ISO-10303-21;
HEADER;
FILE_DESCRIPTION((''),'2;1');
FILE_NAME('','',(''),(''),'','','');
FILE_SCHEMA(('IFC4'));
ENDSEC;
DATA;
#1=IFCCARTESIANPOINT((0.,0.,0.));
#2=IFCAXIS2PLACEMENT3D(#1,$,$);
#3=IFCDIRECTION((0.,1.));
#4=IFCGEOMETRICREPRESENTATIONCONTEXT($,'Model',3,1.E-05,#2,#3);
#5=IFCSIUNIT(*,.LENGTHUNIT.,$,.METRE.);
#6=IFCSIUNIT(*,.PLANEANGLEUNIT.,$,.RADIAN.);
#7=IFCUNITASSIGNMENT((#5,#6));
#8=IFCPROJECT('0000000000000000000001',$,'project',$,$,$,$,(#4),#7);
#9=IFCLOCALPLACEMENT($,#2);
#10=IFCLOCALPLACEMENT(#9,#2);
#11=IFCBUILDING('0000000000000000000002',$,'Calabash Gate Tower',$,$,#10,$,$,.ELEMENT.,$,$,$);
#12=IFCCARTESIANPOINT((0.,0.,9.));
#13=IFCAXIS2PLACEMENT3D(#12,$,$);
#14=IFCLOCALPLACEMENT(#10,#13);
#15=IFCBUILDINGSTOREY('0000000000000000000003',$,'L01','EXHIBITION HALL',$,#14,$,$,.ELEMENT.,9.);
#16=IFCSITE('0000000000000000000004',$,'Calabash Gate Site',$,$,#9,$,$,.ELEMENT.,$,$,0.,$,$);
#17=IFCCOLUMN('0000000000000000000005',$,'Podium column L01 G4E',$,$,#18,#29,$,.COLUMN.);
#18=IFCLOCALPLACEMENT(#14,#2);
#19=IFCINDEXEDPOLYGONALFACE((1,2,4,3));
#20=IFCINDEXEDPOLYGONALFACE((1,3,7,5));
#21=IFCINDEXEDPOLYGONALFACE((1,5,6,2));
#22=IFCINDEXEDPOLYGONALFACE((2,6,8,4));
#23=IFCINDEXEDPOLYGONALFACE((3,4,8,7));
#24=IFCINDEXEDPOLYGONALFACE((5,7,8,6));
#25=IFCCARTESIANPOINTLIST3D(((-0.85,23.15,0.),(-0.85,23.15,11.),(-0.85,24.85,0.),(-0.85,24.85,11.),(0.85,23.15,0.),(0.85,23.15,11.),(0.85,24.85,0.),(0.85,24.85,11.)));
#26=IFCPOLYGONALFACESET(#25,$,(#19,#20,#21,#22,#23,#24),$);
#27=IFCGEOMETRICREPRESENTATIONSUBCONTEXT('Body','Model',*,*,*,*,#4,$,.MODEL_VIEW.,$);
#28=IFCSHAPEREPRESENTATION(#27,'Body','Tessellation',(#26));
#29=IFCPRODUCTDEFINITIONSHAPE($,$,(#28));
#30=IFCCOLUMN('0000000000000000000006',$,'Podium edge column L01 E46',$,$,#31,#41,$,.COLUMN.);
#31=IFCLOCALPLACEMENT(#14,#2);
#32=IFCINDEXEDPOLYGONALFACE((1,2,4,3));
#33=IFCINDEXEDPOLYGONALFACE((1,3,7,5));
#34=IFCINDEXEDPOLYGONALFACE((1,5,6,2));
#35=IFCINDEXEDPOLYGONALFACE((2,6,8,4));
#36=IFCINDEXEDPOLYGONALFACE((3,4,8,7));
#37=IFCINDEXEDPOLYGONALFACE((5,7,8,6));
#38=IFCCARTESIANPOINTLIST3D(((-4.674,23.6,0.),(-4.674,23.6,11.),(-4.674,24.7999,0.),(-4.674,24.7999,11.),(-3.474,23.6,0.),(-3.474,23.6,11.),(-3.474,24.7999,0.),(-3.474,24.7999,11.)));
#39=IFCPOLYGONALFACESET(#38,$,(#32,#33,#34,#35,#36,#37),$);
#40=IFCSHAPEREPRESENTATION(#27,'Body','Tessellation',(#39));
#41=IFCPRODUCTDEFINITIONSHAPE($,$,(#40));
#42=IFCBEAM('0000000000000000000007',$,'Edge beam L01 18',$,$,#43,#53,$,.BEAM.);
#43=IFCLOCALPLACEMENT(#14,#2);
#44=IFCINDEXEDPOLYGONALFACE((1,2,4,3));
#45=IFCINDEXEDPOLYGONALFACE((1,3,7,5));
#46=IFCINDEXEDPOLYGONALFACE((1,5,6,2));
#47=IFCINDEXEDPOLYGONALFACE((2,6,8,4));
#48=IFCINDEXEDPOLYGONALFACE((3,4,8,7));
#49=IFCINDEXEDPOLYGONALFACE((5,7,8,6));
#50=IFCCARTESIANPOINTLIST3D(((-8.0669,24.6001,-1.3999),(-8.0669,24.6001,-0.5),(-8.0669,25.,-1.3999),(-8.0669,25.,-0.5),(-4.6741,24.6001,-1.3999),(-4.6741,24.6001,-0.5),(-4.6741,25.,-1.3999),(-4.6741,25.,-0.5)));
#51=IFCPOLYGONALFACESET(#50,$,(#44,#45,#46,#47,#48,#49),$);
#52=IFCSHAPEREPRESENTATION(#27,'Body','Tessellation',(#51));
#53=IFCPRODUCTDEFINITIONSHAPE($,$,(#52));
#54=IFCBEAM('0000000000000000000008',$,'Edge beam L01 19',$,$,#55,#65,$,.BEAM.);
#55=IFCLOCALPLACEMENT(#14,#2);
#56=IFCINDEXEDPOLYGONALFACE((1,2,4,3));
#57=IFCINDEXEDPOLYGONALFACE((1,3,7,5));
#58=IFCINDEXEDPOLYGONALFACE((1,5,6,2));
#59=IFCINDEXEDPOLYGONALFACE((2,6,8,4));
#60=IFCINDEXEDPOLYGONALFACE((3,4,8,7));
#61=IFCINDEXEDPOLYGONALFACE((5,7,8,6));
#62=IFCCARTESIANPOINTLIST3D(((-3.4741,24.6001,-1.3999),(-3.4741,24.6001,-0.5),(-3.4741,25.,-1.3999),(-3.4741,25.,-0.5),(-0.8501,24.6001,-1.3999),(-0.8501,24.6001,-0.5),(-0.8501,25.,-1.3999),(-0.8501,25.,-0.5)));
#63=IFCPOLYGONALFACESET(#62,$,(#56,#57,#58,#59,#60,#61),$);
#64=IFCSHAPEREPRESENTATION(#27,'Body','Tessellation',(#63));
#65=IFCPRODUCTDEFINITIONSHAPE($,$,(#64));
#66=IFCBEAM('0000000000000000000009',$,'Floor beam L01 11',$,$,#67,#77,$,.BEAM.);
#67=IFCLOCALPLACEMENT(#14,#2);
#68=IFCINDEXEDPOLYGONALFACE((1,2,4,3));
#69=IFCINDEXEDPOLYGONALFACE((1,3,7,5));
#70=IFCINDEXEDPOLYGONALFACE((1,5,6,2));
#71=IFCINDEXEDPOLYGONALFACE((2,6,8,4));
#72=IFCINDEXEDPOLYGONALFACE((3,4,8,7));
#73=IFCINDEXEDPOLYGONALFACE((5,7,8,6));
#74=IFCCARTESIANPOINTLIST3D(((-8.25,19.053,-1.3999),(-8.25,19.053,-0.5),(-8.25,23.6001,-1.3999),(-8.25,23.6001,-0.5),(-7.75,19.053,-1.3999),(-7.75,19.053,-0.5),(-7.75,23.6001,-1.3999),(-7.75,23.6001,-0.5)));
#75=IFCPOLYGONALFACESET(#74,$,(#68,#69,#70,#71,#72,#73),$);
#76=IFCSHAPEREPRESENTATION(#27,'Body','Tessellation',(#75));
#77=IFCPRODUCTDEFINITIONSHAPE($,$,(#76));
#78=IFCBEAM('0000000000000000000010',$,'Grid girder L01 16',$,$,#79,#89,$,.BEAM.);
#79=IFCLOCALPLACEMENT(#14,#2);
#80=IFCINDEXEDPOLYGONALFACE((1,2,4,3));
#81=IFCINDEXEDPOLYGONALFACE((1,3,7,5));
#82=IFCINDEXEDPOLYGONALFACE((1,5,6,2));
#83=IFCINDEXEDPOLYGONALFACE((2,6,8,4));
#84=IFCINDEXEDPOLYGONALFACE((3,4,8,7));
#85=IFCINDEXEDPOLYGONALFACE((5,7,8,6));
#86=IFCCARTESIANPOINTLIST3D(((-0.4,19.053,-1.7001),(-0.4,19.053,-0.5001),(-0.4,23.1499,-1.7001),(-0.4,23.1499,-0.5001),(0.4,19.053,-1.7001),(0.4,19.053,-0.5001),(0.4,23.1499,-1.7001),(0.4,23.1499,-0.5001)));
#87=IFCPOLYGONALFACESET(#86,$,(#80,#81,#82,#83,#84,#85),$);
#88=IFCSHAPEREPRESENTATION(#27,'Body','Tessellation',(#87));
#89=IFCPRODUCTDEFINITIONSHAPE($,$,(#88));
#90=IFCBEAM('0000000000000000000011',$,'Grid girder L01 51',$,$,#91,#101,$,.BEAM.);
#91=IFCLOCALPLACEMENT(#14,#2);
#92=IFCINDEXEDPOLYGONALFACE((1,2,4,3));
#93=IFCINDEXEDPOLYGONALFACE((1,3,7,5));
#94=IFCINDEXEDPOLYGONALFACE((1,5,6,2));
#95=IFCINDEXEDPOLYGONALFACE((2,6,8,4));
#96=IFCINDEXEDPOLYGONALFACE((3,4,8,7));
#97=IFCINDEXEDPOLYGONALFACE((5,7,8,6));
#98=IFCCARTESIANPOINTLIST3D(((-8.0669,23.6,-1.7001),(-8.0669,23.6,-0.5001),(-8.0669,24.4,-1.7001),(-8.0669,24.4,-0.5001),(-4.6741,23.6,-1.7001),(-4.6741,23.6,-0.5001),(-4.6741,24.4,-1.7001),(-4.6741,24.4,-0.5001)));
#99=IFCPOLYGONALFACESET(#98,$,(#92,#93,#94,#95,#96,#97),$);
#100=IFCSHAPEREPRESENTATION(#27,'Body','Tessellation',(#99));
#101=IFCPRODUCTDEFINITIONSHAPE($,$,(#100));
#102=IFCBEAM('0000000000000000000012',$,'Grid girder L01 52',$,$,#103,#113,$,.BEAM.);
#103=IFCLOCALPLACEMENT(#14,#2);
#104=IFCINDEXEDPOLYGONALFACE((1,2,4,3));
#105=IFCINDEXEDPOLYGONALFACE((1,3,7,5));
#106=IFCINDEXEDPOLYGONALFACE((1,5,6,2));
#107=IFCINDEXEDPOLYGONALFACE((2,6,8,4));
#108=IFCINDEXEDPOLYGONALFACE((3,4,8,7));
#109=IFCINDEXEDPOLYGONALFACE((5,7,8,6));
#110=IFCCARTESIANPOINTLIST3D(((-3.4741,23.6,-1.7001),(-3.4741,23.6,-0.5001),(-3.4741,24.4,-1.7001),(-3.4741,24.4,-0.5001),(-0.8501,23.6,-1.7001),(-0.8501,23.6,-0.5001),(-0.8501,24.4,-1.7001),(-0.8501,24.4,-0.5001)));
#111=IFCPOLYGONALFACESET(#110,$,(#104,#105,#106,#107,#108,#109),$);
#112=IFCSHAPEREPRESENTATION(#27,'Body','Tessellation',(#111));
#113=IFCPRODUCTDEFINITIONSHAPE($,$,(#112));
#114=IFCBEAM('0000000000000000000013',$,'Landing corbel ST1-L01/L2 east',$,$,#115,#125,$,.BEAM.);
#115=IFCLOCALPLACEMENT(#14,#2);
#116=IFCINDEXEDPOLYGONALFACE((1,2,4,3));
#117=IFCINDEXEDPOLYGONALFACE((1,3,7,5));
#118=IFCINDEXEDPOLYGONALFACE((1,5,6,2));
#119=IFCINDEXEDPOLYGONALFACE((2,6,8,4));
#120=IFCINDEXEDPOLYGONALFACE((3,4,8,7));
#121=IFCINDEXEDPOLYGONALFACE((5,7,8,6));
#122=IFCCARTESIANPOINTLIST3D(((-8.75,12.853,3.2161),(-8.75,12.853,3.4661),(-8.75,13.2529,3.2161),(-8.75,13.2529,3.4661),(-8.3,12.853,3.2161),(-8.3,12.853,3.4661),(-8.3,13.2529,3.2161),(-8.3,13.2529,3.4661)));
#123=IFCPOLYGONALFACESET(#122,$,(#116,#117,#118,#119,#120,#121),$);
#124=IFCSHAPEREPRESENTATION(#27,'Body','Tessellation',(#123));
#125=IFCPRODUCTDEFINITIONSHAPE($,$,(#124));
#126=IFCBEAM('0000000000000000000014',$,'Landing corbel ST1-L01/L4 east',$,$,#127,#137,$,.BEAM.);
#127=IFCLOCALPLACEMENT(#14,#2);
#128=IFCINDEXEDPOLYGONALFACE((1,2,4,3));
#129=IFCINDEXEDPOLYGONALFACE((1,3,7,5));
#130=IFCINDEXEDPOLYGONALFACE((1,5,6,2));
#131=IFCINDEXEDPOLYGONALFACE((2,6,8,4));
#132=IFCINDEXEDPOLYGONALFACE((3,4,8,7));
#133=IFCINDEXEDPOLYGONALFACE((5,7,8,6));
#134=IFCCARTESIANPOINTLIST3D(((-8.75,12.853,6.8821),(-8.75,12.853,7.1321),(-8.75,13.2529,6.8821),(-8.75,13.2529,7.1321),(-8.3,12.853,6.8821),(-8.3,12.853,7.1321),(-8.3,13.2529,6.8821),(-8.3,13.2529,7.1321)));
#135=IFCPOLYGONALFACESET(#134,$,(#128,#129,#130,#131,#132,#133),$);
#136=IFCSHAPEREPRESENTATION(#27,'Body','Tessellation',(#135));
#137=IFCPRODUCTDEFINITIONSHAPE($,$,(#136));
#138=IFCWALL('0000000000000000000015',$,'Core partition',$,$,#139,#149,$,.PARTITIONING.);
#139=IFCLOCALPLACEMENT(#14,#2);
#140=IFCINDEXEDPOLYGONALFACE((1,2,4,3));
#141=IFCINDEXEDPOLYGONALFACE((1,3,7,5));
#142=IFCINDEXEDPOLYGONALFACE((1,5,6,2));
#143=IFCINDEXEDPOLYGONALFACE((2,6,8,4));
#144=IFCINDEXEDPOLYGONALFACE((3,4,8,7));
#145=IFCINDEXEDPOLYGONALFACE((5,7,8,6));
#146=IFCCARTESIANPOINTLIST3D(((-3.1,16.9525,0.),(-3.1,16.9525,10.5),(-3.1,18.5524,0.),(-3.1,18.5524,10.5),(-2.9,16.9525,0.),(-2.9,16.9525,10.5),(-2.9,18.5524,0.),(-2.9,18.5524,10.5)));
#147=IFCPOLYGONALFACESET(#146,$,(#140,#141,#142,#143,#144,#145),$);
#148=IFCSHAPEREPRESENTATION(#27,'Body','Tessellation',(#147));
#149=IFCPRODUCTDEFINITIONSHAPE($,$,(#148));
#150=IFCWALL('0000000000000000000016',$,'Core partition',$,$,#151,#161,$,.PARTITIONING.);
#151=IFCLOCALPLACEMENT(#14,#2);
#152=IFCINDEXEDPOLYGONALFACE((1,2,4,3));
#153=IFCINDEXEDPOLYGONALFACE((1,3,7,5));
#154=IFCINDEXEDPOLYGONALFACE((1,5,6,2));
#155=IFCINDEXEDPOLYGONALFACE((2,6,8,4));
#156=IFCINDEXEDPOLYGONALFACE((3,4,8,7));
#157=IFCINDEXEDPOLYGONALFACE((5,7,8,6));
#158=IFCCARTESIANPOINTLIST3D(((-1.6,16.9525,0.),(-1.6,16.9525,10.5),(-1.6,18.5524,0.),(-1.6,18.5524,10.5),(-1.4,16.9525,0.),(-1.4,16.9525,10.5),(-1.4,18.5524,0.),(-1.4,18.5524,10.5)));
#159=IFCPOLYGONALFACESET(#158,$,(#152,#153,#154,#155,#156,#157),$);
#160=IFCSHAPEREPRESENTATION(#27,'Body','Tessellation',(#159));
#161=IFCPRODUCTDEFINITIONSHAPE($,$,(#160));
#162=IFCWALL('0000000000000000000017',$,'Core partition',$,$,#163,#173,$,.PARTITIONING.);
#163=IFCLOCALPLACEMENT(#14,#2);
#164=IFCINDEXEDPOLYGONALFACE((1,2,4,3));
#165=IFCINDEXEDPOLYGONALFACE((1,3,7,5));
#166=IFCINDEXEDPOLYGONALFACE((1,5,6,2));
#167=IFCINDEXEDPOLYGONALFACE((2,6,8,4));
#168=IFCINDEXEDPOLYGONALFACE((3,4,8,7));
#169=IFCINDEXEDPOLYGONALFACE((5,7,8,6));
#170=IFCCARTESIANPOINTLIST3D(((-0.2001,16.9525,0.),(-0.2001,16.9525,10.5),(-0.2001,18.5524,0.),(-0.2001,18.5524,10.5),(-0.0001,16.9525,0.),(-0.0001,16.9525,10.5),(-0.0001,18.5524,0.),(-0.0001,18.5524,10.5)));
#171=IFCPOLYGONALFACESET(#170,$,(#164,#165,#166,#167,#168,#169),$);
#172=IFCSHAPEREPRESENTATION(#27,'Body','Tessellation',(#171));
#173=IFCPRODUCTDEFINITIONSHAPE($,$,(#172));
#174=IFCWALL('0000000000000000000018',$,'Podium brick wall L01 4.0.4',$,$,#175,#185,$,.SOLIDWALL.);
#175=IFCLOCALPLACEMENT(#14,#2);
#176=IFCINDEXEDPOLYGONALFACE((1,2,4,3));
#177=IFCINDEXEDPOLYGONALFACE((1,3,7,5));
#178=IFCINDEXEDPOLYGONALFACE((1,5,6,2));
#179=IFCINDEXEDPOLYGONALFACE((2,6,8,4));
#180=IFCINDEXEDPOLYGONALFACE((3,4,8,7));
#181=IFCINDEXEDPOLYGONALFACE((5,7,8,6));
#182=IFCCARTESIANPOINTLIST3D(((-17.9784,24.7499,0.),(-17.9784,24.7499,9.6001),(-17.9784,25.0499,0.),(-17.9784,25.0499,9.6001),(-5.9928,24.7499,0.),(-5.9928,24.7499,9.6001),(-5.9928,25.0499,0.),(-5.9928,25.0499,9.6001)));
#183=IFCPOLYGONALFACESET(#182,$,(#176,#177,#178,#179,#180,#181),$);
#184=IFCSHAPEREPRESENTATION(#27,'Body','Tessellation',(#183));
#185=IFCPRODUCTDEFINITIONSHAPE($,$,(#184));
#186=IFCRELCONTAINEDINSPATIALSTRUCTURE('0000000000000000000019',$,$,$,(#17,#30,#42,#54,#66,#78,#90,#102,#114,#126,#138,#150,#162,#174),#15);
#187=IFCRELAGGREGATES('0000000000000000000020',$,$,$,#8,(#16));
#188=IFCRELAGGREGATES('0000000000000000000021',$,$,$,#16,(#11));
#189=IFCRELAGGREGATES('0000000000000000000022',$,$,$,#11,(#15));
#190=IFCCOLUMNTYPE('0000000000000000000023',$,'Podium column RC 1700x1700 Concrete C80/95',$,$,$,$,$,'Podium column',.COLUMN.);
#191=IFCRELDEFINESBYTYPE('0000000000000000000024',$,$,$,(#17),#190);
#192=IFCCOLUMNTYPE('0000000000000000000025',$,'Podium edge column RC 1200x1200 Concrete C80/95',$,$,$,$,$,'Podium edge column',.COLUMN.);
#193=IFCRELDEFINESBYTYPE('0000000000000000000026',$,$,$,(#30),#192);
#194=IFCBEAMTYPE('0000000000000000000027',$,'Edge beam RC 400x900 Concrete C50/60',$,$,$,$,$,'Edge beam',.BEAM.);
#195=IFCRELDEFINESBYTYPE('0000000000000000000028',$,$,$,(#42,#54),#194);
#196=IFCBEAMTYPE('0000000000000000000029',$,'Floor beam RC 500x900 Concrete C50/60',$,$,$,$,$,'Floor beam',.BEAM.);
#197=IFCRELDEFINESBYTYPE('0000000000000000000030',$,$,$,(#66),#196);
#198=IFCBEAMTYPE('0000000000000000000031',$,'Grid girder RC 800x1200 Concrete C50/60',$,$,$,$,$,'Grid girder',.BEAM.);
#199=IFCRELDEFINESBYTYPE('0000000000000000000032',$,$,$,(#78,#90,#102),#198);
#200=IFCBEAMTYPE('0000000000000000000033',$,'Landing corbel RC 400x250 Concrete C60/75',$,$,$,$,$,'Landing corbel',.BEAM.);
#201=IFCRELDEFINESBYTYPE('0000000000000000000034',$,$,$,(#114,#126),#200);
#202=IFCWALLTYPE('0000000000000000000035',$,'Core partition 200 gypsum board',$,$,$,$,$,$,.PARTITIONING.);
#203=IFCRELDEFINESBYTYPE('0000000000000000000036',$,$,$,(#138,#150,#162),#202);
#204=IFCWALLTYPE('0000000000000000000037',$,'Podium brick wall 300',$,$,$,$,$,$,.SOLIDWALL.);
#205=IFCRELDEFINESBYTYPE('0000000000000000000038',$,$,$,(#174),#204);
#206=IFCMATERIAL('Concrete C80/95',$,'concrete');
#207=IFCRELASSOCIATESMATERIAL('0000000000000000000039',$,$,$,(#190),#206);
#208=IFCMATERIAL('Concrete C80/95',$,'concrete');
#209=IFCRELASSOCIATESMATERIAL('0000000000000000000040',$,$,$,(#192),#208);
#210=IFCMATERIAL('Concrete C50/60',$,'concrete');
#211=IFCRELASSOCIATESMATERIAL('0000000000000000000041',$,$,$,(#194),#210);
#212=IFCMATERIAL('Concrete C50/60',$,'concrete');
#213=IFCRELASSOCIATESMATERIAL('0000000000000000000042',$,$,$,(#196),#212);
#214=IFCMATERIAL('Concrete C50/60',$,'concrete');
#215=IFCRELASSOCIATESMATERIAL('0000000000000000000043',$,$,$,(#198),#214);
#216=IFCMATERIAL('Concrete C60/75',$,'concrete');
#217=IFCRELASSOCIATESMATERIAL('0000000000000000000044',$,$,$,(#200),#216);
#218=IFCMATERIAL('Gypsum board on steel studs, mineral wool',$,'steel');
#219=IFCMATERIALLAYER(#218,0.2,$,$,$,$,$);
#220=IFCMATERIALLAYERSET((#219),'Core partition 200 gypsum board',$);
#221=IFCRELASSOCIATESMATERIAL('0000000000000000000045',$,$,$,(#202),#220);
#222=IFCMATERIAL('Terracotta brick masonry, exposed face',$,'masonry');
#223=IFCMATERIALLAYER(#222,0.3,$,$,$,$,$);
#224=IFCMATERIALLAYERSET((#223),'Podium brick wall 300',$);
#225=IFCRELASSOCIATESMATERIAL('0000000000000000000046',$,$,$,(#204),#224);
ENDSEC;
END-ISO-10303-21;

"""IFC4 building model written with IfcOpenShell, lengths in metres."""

from ifc_helpers import new_model, si_unit, direction, frame, frame_2d, origin, origin_2d, place, context, subcontext, project, spatial, rectangle, extrude, material, layer, layer_set, material_profile, profile_set, type_object, element, save


model = new_model("IFC4")

# Units and contexts
model_context = context("Model", 3, precision=1e-05, world=origin(), true_north=direction((0.0, 1.0)))
body_context = subcontext(model_context, "Body", "Model", "MODEL_VIEW")
ifc_project = project(units=[si_unit("LENGTHUNIT", "METRE"), si_unit("PLANEANGLEUNIT", "RADIAN")], contexts=[model_context])

# Site, building, storey
site_placement = place(None, origin())
site = spatial("IfcSite", under=ifc_project, at=site_placement, Name="Calabash Gate Site", CompositionType="ELEMENT", RefElevation=0.0)
building_placement = place(site_placement, origin())
building = spatial("IfcBuilding", under=site, at=building_placement, Name="Calabash Gate Tower", CompositionType="ELEMENT")
storey_placement = place(building_placement, frame((0.0, 0.0, 9.0)))
storey = spatial("IfcBuildingStorey", under=building, at=storey_placement, Name="L01", Description="EXHIBITION HALL", CompositionType="ELEMENT", Elevation=9.0)

# Columns
ifc_material_1 = material(Name="Concrete C80/95", Category="concrete")
ifc_material_profile_1 = material_profile(ifc_material_1, rectangle(XDim=1.7, YDim=1.7, at=origin_2d()))
ifc_profile_set_1 = profile_set([ifc_material_profile_1], Name="Concrete C80/95")
column_type_1 = type_object("IfcColumnType", Name="Podium column RC 1700x1700 Concrete C80/95", ElementType="Podium column", PredefinedType="COLUMN", material=ifc_profile_set_1)
column_1_placement = place(storey_placement, frame((0.0, 24.0, 0.0), z_axis=(0.0, 0.0, 1.0), x_axis=(1.0, 0.0, 0.0)))
element("IfcColumn", 1, at=column_1_placement, inside=storey, type_object=column_type_1, Name="Podium column L01 G4E", PredefinedType="COLUMN", context=body_context, shape_type="SweptSolid", body=[
    extrude(rectangle(XDim=1.7, YDim=1.7, at=origin_2d()), origin(), (0.0, 0.0, 1.0), 11.0),
])
ifc_material_2 = material(Name="Concrete C80/95", Category="concrete")
ifc_material_profile_2 = material_profile(ifc_material_2, rectangle(XDim=1.2, YDim=1.2, at=origin_2d()))
ifc_profile_set_2 = profile_set([ifc_material_profile_2], Name="Concrete C80/95")
column_type_2 = type_object("IfcColumnType", Name="Podium edge column RC 1200x1200 Concrete C80/95", ElementType="Podium edge column", PredefinedType="COLUMN", material=ifc_profile_set_2)
column_2_placement = place(storey_placement, frame((-4.074, 24.2, 0.0), z_axis=(0.0, 0.0, 1.0), x_axis=(1.0, 0.0, 0.0)))
element("IfcColumn", 2, at=column_2_placement, inside=storey, type_object=column_type_2, Name="Podium edge column L01 E46", PredefinedType="COLUMN", context=body_context, shape_type="SweptSolid", body=[
    extrude(rectangle(XDim=1.2, YDim=1.2, at=origin_2d()), origin(), (0.0, 0.0, 1.0), 11.0),
])

# Beams
ifc_material_3 = material(Name="Concrete C50/60", Category="concrete")
ifc_material_profile_3 = material_profile(ifc_material_3, rectangle(XDim=0.3999, YDim=0.8999, at=origin_2d()))
ifc_profile_set_3 = profile_set([ifc_material_profile_3], Name="Concrete C50/60")
beam_type_1 = type_object("IfcBeamType", Name="Edge beam RC 400x900 Concrete C50/60", ElementType="Edge beam", PredefinedType="BEAM", material=ifc_profile_set_3)
beam_1_placement = place(storey_placement, frame((-8.0669, 24.8, -0.95), z_axis=(1.0, 0.0, 0.0), x_axis=(0.0, 1.0, 0.0)))
element("IfcBeam", 3, at=beam_1_placement, inside=storey, type_object=beam_type_1, Name="Edge beam L01 18", PredefinedType="BEAM", context=body_context, shape_type="SweptSolid", body=[
    extrude(rectangle(XDim=0.3999, YDim=0.8999, at=origin_2d()), origin(), (0.0, 0.0, 1.0), 3.3928),
])
beam_2_placement = place(storey_placement, frame((-3.4741, 24.8, -0.95), z_axis=(1.0, 0.0, 0.0), x_axis=(0.0, 1.0, 0.0)))
element("IfcBeam", 4, at=beam_2_placement, inside=storey, type_object=beam_type_1, Name="Edge beam L01 19", PredefinedType="BEAM", context=body_context, shape_type="SweptSolid", body=[
    extrude(rectangle(XDim=0.3999, YDim=0.8999, at=origin_2d()), origin(), (0.0, 0.0, 1.0), 2.624),
])
ifc_material_4 = material(Name="Concrete C50/60", Category="concrete")
ifc_material_profile_4 = material_profile(ifc_material_4, rectangle(XDim=0.5, YDim=0.8999, at=origin_2d()))
ifc_profile_set_4 = profile_set([ifc_material_profile_4], Name="Concrete C50/60")
beam_type_2 = type_object("IfcBeamType", Name="Floor beam RC 500x900 Concrete C50/60", ElementType="Floor beam", PredefinedType="BEAM", material=ifc_profile_set_4)
beam_3_placement = place(storey_placement, frame((-8.0, 19.053, -0.95), z_axis=(0.0, 1.0, 0.0), x_axis=(-1.0, 0.0, 0.0)))
element("IfcBeam", 5, at=beam_3_placement, inside=storey, type_object=beam_type_2, Name="Floor beam L01 11", PredefinedType="BEAM", context=body_context, shape_type="SweptSolid", body=[
    extrude(rectangle(XDim=0.5, YDim=0.8999, at=origin_2d()), origin(), (0.0, 0.0, 1.0), 4.5471),
])
ifc_material_5 = material(Name="Concrete C50/60", Category="concrete")
ifc_material_profile_5 = material_profile(ifc_material_5, rectangle(XDim=0.8, YDim=1.2, at=origin_2d()))
ifc_profile_set_5 = profile_set([ifc_material_profile_5], Name="Concrete C50/60")
beam_type_3 = type_object("IfcBeamType", Name="Grid girder RC 800x1200 Concrete C50/60", ElementType="Grid girder", PredefinedType="BEAM", material=ifc_profile_set_5)
beam_4_placement = place(storey_placement, frame((0.0, 19.053, -1.1001), z_axis=(0.0, 1.0, 0.0), x_axis=(-1.0, 0.0, 0.0)))
element("IfcBeam", 6, at=beam_4_placement, inside=storey, type_object=beam_type_3, Name="Grid girder L01 16", PredefinedType="BEAM", context=body_context, shape_type="SweptSolid", body=[
    extrude(rectangle(XDim=0.8, YDim=1.2, at=origin_2d()), origin(), (0.0, 0.0, 1.0), 4.0969),
])
beam_5_placement = place(storey_placement, frame((-8.0669, 24.0, -1.1001), z_axis=(1.0, 0.0, 0.0), x_axis=(0.0, 1.0, 0.0)))
element("IfcBeam", 7, at=beam_5_placement, inside=storey, type_object=beam_type_3, Name="Grid girder L01 51", PredefinedType="BEAM", context=body_context, shape_type="SweptSolid", body=[
    extrude(rectangle(XDim=0.8, YDim=1.2, at=origin_2d()), origin(), (0.0, 0.0, 1.0), 3.3928),
])
beam_6_placement = place(storey_placement, frame((-3.4741, 24.0, -1.1001), z_axis=(1.0, 0.0, 0.0), x_axis=(0.0, 1.0, 0.0)))
element("IfcBeam", 8, at=beam_6_placement, inside=storey, type_object=beam_type_3, Name="Grid girder L01 52", PredefinedType="BEAM", context=body_context, shape_type="SweptSolid", body=[
    extrude(rectangle(XDim=0.8, YDim=1.2, at=origin_2d()), origin(), (0.0, 0.0, 1.0), 2.624),
])
ifc_material_6 = material(Name="Concrete C60/75", Category="concrete")
ifc_material_profile_6 = material_profile(ifc_material_6, rectangle(XDim=0.3999, YDim=0.25, at=origin_2d()))
ifc_profile_set_6 = profile_set([ifc_material_profile_6], Name="Concrete C60/75")
beam_type_4 = type_object("IfcBeamType", Name="Landing corbel RC 400x250 Concrete C60/75", ElementType="Landing corbel", PredefinedType="BEAM", material=ifc_profile_set_6)
for number, where, z_axis, x_axis, name in (
    (9, (-8.3, 13.053, 3.3411), (-1.0, 0.0, 0.0), (0.0, -1.0, 0.0), "Landing corbel ST1-L01/L2 east"),
    (10, (-8.3, 13.053, 7.0071), (-1.0, 0.0, 0.0), (0.0, -1.0, 0.0), "Landing corbel ST1-L01/L4 east"),
):
    element("IfcBeam", number, at=place(storey_placement, frame(where, z_axis=z_axis, x_axis=x_axis)), inside=storey, type_object=beam_type_4, Name=name, PredefinedType="BEAM", context=body_context, shape_type="SweptSolid", body=[
        extrude(rectangle(XDim=0.3999, YDim=0.25, at=origin_2d()), origin(), (0.0, 0.0, 1.0), 0.45),
    ])

# Walls
ifc_material_7 = material(Name="Gypsum board on steel studs, mineral wool", Category="steel")
ifc_layer_1 = layer(ifc_material_7, 0.2)
ifc_layer_set_1 = layer_set([ifc_layer_1], Name="Core partition 200 gypsum board")
wall_type_1 = type_object("IfcWallType", Name="Core partition 200 gypsum board", PredefinedType="PARTITIONING", material=ifc_layer_set_1)
for number, where, z_axis, x_axis, name in (
    (11, (-3.0, 16.9526, 0.0), (0.0, 0.0, 1.0), (0.0, 1.0, 0.0), "Core partition"),
    (12, (-1.5, 16.9526, 0.0), (0.0, 0.0, 1.0), (0.0, 1.0, 0.0), "Core partition"),
    (13, (-0.1001, 16.9526, 0.0), (0.0, 0.0, 1.0), (0.0, 1.0, 0.0), "Core partition"),
):
    element("IfcWall", number, at=place(storey_placement, frame(where, z_axis=z_axis, x_axis=x_axis)), inside=storey, type_object=wall_type_1, Name=name, PredefinedType="PARTITIONING", context=body_context, shape_type="SweptSolid", body=[
        extrude(rectangle(XDim=1.5999, YDim=0.2, at=frame_2d((0.7998, 0.0))), origin(), (0.0, 0.0, 1.0), 10.5),
    ])
ifc_material_8 = material(Name="Terracotta brick masonry, exposed face", Category="masonry")
ifc_layer_2 = layer(ifc_material_8, 0.3)
ifc_layer_set_2 = layer_set([ifc_layer_2], Name="Podium brick wall 300")
wall_type_2 = type_object("IfcWallType", Name="Podium brick wall 300", PredefinedType="SOLIDWALL", material=ifc_layer_set_2)
wall_1_placement = place(storey_placement, frame((-5.9929, 24.8999, 0.0), z_axis=(0.0, 0.0, 1.0), x_axis=(-1.0, 0.0, 0.0)))
element("IfcWall", 14, at=wall_1_placement, inside=storey, type_object=wall_type_2, Name="Podium brick wall L01 4.0.4", PredefinedType="SOLIDWALL", context=body_context, shape_type="SweptSolid", body=[
    extrude(rectangle(XDim=11.9856, YDim=0.3, at=frame_2d((5.9927, 0.0))), origin(), (0.0, 0.0, 1.0), 9.6001),
])

save(model, "model.ifc")
